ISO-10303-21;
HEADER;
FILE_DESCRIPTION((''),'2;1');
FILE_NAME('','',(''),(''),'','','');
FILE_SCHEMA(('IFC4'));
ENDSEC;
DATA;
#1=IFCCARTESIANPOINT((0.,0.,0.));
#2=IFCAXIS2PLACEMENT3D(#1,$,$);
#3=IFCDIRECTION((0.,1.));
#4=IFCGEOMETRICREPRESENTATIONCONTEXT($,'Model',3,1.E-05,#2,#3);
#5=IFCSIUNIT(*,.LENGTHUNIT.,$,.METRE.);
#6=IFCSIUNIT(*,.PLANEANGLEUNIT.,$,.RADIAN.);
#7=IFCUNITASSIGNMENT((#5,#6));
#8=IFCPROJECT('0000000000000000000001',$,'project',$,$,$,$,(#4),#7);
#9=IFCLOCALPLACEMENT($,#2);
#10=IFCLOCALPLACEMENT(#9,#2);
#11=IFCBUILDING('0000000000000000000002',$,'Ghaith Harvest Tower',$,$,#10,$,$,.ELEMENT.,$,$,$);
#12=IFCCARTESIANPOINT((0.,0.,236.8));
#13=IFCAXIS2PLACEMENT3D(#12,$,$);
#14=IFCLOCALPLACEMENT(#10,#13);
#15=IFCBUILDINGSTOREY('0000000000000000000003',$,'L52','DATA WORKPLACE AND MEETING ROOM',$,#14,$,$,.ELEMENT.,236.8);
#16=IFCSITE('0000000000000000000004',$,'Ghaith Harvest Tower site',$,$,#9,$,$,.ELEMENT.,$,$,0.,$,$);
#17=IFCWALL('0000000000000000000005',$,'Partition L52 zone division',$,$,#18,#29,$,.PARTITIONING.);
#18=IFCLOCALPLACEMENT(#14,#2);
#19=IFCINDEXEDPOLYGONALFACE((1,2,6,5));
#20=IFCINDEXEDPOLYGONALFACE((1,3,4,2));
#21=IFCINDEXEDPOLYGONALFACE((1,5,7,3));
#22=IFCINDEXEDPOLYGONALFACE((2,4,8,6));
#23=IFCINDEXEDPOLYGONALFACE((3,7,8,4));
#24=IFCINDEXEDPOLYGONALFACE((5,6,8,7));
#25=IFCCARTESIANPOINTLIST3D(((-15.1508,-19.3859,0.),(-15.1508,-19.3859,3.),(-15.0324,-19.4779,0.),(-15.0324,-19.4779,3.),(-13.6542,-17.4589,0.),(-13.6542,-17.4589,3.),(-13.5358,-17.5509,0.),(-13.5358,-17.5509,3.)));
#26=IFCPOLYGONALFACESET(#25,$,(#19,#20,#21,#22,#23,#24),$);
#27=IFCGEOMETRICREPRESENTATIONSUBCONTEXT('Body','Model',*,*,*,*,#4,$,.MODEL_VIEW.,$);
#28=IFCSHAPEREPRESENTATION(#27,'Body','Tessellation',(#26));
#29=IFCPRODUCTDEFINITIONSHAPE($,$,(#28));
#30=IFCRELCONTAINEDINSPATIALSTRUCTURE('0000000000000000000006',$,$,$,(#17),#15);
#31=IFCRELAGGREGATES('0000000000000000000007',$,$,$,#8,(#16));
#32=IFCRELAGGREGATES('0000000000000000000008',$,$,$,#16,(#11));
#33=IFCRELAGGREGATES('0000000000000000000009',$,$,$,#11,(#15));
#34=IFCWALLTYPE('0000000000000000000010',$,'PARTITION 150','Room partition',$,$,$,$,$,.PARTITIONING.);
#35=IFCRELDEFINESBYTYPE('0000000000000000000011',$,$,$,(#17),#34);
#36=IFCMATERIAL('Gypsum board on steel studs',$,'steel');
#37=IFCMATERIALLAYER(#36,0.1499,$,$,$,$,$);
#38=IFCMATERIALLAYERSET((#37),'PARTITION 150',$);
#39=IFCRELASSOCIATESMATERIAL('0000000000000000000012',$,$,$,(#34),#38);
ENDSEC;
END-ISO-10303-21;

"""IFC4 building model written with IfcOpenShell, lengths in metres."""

from ifc_helpers import new_model, si_unit, direction, frame, frame_2d, origin, place, context, subcontext, project, spatial, rectangle, extrude, material, layer, layer_set, type_object, element, save


model = new_model("IFC4")

# Units and contexts
model_context = context("Model", 3, precision=1e-05, world=origin(), true_north=direction((0.0, 1.0)))
body_context = subcontext(model_context, "Body", "Model", "MODEL_VIEW")
ifc_project = project(units=[si_unit("LENGTHUNIT", "METRE"), si_unit("PLANEANGLEUNIT", "RADIAN")], contexts=[model_context])

# Site, building, storey
site_placement = place(None, origin())
site = spatial("IfcSite", under=ifc_project, at=site_placement, Name="Ghaith Harvest Tower site", CompositionType="ELEMENT", RefElevation=0.0)
building_placement = place(site_placement, origin())
building = spatial("IfcBuilding", under=site, at=building_placement, Name="Ghaith Harvest Tower", CompositionType="ELEMENT")
storey_placement = place(building_placement, frame((0.0, 0.0, 236.8)))
storey = spatial("IfcBuildingStorey", under=building, at=storey_placement, Name="L52", Description="DATA WORKPLACE AND MEETING ROOM", CompositionType="ELEMENT", Elevation=236.8)

# Wall
ifc_material_1 = material(Name="Gypsum board on steel studs", Category="steel")
ifc_layer_1 = layer(ifc_material_1, 0.1499)
ifc_layer_set_1 = layer_set([ifc_layer_1], Name="PARTITION 150")
wall_type_1 = type_object("IfcWallType", Name="PARTITION 150", Description="Room partition", PredefinedType="PARTITIONING", material=ifc_layer_set_1)
wall_1_placement = place(storey_placement, frame((-13.595, -17.5049, 0.0), z_axis=(0.0, 0.0, 1.0), x_axis=(-0.613379, -0.789788, 0.0)))
element("IfcWall", 1, at=wall_1_placement, inside=storey, type_object=wall_type_1, Name="Partition L52 zone division", PredefinedType="PARTITIONING", context=body_context, shape_type="SweptSolid", body=[
    extrude(rectangle(XDim=2.4399, YDim=0.1499, at=frame_2d((1.22, 0.0))), origin(), (0.0, 0.0, 1.0), 3.0),
])

save(model, "model.ifc")
